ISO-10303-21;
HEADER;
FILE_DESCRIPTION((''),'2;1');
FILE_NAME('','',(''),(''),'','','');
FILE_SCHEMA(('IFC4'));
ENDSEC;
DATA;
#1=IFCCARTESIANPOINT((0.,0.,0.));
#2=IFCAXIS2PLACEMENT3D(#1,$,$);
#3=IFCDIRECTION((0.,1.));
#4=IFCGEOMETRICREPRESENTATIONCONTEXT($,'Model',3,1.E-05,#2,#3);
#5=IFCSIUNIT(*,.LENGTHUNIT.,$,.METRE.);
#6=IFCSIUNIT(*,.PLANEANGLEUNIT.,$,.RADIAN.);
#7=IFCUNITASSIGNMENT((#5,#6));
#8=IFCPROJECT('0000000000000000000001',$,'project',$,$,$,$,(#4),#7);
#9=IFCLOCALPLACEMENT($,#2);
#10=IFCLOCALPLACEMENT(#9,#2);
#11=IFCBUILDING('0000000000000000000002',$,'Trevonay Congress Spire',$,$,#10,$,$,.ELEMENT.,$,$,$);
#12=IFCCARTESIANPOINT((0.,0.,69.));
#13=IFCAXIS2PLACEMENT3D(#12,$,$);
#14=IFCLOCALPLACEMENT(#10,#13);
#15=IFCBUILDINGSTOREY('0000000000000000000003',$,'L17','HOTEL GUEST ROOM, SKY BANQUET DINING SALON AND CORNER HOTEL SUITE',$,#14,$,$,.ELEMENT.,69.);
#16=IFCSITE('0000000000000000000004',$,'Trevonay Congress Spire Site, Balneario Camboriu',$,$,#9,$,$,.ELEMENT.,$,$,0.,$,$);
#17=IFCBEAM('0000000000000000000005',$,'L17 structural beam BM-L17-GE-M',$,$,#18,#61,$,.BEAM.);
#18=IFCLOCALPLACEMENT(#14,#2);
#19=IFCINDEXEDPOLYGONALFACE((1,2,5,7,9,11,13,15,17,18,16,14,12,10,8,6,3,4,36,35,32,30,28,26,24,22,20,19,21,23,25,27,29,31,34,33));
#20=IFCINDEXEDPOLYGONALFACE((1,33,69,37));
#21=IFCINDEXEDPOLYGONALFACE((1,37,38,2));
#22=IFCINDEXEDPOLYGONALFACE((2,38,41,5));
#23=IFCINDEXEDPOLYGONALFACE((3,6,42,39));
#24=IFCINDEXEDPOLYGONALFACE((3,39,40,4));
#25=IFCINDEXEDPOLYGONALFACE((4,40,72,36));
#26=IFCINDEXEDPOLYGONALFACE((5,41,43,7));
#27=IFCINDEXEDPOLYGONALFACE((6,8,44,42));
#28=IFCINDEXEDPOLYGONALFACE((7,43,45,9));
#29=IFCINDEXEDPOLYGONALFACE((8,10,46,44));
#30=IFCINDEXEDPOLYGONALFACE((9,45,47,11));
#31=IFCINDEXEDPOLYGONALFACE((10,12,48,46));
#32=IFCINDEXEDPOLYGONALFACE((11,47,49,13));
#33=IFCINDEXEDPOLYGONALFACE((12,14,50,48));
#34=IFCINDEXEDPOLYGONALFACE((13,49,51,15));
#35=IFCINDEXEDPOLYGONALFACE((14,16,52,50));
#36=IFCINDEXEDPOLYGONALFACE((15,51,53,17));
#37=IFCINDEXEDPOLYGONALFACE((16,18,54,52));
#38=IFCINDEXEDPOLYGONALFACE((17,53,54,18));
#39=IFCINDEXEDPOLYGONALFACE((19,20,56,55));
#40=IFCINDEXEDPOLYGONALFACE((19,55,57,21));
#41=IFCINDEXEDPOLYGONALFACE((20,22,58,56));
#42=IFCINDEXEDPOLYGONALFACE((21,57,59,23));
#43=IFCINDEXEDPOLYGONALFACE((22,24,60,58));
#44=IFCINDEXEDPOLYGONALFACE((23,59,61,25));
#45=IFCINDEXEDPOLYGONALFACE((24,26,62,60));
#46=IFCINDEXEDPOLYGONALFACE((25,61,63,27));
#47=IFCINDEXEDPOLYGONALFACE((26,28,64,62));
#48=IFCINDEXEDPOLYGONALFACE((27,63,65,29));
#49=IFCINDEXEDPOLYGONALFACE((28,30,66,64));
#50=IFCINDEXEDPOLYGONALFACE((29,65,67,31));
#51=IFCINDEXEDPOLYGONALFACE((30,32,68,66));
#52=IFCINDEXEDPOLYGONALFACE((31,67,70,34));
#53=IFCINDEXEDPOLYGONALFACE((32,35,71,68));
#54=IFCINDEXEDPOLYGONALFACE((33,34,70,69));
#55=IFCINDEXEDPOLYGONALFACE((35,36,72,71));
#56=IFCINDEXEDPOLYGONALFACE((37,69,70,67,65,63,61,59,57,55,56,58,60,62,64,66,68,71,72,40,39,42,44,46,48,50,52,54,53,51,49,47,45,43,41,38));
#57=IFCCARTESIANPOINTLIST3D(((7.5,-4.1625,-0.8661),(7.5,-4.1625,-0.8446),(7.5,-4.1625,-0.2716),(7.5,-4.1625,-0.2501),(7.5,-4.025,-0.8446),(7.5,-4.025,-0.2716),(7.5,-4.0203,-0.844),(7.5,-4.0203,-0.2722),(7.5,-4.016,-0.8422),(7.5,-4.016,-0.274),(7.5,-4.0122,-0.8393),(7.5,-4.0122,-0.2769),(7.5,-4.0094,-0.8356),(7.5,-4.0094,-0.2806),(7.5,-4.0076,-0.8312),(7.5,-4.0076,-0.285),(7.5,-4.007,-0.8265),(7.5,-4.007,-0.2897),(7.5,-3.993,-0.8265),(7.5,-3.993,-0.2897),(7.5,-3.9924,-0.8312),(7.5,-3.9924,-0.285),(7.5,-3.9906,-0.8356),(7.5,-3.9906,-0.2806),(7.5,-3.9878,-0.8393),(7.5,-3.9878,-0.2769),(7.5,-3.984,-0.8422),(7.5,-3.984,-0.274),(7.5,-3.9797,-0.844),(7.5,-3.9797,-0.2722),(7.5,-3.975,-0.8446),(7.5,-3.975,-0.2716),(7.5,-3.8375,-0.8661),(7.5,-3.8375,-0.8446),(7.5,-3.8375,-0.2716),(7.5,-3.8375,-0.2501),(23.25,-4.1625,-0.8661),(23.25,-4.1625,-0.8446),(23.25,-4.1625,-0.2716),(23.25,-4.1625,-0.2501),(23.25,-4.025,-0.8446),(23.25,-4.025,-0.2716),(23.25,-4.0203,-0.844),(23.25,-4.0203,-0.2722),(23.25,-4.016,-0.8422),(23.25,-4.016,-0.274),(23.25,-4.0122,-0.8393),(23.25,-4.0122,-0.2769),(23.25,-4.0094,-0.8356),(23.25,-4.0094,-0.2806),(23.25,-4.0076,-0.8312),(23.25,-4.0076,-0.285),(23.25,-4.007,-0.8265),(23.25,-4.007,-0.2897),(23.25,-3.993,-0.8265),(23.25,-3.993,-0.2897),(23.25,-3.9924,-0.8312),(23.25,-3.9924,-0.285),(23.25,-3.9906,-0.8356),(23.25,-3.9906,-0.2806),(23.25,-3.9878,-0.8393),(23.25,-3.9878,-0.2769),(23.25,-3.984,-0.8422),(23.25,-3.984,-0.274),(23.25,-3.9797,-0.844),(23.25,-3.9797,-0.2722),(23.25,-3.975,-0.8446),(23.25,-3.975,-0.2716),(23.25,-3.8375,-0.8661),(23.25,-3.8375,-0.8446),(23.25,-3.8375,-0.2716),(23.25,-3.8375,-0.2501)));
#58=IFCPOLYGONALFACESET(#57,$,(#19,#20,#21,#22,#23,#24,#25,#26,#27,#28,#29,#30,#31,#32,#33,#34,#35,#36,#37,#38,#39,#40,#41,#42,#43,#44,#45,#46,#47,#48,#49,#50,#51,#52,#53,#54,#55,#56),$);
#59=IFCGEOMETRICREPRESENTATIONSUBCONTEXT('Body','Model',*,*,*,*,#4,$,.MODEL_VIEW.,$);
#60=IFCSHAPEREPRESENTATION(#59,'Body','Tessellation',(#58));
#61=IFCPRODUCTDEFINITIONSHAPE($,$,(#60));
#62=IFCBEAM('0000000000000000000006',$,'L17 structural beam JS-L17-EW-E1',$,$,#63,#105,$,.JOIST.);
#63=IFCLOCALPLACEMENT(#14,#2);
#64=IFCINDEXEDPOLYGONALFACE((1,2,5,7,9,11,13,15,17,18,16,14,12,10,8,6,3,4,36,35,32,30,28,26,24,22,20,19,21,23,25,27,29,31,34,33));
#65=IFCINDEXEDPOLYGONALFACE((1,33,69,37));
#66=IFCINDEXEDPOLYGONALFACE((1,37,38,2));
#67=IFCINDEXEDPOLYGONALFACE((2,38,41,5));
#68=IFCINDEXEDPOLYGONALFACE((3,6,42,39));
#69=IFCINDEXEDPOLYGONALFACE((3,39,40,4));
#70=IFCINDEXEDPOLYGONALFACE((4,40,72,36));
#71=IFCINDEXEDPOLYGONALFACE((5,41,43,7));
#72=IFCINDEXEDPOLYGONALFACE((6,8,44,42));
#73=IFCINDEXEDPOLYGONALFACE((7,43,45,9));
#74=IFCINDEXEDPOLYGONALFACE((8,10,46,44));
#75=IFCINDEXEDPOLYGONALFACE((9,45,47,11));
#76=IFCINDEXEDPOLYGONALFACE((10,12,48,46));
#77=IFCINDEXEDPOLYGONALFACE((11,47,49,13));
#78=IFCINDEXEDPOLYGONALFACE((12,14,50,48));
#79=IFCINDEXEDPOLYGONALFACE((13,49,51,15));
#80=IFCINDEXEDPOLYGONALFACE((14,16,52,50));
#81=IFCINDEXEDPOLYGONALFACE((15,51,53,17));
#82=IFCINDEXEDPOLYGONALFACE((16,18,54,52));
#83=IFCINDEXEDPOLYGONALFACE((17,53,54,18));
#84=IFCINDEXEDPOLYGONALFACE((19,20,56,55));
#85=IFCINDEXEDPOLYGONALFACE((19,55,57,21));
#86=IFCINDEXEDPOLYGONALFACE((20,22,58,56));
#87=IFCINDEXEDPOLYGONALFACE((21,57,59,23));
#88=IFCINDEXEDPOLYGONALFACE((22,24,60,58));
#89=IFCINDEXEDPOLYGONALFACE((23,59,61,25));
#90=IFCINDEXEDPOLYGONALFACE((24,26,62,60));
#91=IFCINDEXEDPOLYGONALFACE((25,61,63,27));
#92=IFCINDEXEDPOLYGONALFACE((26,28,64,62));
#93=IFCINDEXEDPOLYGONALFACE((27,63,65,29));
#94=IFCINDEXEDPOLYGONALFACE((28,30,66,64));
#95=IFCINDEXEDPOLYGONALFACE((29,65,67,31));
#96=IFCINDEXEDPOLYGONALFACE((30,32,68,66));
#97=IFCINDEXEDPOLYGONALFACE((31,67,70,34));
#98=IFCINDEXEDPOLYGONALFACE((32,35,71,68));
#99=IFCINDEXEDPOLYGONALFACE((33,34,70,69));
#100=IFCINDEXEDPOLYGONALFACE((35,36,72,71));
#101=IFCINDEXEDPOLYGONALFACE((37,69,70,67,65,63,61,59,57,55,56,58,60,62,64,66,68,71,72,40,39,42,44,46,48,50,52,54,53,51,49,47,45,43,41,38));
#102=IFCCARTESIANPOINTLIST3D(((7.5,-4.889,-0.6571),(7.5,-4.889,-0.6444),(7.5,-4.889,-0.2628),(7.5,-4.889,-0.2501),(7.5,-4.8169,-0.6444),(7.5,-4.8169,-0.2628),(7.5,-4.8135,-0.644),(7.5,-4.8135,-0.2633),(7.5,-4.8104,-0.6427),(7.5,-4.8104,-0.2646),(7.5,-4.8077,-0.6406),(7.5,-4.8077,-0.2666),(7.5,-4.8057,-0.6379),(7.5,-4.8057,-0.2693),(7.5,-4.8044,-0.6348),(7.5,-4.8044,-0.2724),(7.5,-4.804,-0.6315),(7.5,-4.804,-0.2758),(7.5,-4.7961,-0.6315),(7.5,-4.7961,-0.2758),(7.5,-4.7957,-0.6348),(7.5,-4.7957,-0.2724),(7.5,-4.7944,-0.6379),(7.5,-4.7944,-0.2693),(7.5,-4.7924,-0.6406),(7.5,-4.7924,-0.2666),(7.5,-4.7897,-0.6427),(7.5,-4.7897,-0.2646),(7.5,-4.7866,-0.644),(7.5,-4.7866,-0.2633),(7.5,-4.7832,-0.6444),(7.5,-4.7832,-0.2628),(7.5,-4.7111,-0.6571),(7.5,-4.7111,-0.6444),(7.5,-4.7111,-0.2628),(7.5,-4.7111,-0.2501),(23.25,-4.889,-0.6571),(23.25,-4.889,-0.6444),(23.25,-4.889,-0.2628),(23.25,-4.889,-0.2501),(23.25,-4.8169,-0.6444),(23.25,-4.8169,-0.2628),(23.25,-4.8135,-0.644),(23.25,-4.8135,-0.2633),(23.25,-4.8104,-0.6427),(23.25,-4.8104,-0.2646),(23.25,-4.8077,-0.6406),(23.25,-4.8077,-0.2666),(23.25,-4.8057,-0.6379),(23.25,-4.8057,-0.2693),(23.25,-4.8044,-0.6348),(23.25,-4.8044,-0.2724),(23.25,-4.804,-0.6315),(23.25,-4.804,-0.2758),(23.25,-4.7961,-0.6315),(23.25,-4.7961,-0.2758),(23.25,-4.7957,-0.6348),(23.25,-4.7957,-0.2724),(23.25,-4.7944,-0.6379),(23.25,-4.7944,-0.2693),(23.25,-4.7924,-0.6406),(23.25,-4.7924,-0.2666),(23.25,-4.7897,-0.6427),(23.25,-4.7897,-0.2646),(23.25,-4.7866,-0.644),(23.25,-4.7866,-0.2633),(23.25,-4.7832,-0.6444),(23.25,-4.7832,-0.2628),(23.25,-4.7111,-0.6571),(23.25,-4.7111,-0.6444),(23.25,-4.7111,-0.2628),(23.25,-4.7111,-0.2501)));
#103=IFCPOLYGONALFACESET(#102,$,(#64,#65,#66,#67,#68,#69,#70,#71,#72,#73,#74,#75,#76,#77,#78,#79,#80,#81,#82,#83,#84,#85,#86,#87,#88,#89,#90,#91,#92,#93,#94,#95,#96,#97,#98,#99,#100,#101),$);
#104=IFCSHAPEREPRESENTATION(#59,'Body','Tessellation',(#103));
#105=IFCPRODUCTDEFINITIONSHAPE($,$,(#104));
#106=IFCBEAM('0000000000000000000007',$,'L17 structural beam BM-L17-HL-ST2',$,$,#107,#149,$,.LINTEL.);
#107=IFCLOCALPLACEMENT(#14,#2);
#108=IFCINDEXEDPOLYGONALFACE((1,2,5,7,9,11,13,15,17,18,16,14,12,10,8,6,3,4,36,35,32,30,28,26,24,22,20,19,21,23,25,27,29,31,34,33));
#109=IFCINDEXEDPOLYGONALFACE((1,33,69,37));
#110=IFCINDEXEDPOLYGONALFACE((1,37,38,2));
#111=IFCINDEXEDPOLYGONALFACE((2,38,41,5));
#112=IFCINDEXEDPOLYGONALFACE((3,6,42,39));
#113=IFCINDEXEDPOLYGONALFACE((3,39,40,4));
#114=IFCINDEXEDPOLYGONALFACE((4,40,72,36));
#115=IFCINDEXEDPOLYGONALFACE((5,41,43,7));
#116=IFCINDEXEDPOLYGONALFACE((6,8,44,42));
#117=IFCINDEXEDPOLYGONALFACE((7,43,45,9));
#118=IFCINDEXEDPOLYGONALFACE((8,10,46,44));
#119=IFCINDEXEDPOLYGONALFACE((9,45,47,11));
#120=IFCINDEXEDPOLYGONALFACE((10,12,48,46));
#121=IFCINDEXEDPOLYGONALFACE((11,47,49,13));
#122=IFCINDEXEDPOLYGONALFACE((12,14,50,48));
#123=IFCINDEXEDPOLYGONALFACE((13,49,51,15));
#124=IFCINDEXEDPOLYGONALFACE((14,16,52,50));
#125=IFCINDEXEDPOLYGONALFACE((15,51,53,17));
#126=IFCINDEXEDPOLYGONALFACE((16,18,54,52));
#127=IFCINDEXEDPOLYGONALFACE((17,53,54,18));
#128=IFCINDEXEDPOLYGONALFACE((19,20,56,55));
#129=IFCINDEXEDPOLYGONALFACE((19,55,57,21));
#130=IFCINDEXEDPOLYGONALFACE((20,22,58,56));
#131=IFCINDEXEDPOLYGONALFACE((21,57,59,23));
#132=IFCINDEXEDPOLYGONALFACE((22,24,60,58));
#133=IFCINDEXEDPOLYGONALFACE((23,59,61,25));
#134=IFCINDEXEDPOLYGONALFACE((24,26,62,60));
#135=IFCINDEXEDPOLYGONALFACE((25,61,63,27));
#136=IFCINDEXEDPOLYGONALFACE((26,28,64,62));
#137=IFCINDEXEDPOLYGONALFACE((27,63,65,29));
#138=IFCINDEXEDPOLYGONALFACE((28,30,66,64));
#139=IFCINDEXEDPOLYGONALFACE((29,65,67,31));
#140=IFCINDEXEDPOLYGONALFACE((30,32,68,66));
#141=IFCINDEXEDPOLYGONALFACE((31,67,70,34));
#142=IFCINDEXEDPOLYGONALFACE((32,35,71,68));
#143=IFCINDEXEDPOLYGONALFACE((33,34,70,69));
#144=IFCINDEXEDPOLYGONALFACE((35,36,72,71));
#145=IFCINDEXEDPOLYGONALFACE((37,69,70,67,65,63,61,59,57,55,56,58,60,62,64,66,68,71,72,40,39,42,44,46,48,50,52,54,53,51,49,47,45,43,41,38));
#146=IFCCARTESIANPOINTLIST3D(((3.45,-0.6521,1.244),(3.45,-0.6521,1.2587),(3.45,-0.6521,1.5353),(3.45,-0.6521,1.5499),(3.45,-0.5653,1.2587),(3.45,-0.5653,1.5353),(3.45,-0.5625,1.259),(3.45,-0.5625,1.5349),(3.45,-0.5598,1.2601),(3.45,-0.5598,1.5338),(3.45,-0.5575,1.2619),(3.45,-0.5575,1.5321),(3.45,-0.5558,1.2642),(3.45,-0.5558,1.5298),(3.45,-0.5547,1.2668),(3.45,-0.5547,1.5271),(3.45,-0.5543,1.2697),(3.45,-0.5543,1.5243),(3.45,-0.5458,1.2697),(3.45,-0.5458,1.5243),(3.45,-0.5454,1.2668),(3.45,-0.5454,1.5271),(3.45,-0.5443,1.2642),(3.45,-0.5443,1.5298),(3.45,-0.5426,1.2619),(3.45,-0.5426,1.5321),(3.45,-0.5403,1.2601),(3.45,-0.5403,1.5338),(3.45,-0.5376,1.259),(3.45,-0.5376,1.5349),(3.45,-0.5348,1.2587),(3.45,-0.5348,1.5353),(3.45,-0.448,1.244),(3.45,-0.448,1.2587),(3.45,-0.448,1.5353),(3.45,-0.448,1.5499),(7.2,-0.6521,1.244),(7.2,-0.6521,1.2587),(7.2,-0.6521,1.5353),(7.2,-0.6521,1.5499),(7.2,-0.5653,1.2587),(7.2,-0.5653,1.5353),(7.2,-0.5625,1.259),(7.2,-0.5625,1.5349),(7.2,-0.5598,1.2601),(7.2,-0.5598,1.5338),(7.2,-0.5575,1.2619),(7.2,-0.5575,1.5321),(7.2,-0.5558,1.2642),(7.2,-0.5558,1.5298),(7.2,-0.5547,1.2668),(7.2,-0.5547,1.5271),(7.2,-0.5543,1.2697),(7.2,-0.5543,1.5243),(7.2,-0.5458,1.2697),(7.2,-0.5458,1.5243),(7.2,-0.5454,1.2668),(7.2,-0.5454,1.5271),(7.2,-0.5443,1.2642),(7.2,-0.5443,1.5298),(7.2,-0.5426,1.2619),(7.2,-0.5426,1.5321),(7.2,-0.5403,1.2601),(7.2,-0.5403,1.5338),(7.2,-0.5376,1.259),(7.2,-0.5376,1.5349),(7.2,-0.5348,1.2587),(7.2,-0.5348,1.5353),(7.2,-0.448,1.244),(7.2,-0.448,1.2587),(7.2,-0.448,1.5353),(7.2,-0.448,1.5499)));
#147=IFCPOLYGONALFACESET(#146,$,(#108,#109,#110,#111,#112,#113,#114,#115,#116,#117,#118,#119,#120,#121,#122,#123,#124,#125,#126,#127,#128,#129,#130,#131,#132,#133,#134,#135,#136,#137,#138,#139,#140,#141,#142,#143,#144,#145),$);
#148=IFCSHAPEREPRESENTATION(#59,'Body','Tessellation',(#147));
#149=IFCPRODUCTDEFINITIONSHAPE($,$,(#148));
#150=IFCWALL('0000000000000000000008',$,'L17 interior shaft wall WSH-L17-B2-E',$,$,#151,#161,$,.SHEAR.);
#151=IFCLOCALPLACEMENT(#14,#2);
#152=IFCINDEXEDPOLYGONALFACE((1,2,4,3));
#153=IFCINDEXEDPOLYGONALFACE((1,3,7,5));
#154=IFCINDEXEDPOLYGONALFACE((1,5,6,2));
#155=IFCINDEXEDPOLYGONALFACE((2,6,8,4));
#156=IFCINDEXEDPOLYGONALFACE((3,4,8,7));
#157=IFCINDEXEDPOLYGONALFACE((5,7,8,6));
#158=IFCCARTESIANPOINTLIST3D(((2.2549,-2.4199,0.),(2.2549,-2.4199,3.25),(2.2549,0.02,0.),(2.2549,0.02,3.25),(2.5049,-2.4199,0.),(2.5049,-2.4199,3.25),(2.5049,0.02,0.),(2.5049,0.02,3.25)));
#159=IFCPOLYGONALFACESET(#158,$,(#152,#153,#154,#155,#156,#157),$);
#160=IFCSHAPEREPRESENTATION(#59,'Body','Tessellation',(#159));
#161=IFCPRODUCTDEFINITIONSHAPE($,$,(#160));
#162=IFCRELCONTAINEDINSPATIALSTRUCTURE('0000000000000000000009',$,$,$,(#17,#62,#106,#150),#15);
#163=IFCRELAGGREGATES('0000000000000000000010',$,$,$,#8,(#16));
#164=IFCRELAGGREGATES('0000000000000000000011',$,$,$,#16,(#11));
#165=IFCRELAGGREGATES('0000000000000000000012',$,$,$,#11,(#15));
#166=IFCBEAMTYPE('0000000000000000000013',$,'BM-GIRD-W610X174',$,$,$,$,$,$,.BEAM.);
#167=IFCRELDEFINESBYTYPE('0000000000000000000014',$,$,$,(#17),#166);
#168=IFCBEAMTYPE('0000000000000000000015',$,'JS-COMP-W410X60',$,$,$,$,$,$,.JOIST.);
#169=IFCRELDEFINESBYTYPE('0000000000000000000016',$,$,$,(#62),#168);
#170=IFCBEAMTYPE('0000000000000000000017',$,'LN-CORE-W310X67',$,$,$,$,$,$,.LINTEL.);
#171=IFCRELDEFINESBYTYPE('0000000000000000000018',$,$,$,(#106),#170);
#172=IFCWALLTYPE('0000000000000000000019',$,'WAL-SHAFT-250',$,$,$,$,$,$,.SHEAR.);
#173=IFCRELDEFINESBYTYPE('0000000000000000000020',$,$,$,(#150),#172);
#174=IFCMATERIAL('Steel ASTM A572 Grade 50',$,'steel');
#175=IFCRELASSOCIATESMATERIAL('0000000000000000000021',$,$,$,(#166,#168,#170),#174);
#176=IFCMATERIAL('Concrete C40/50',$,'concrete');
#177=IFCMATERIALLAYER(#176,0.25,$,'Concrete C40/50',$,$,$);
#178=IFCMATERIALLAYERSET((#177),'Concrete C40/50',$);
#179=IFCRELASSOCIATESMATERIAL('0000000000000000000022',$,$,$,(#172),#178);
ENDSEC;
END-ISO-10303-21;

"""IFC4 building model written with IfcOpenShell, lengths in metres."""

from ifc_helpers import new_model, si_unit, direction, frame, frame_2d, origin, origin_2d, place, context, subcontext, project, spatial, rectangle, i_section, extrude, material, layer, layer_set, material_profile, profile_set, type_object, element, save


model = new_model("IFC4")

# Units and contexts
model_context = context("Model", 3, precision=1e-05, world=origin(), true_north=direction((0.0, 1.0)))
body_context = subcontext(model_context, "Body", "Model", "MODEL_VIEW")
ifc_project = project(units=[si_unit("LENGTHUNIT", "METRE"), si_unit("PLANEANGLEUNIT", "RADIAN")], contexts=[model_context])

# Site, building, storey
site_placement = place(None, origin())
site = spatial("IfcSite", under=ifc_project, at=site_placement, Name="Trevonay Congress Spire Site, Balneario Camboriu", CompositionType="ELEMENT", RefElevation=0.0)
building_placement = place(site_placement, origin())
building = spatial("IfcBuilding", under=site, at=building_placement, Name="Trevonay Congress Spire", CompositionType="ELEMENT")
storey_placement = place(building_placement, frame((0.0, 0.0, 69.0)))
storey = spatial("IfcBuildingStorey", under=building, at=storey_placement, Name="L17", Description="HOTEL GUEST ROOM, SKY BANQUET DINING SALON AND CORNER HOTEL SUITE", CompositionType="ELEMENT", Elevation=69.0)

# Beams
ifc_material_1 = material(Name="Steel ASTM A572 Grade 50", Category="steel")
ifc_material_profile_1 = material_profile(ifc_material_1, i_section(OverallWidth=0.325, OverallDepth=0.616, WebThickness=0.0139, FlangeThickness=0.0215, FilletRadius=0.0181, at=origin_2d()), Name="W610x174")
ifc_profile_set_1 = profile_set([ifc_material_profile_1], Name="Steel ASTM A572 Grade 50")
beam_type_1 = type_object("IfcBeamType", Name="BM-GIRD-W610X174", PredefinedType="BEAM", material=ifc_profile_set_1)
beam_1_placement = place(storey_placement, frame((7.5, -4.0, -0.5581), z_axis=(1.0, 0.0, 0.0), x_axis=(0.0, 1.0, 0.0)))
element("IfcBeam", 1, at=beam_1_placement, inside=storey, type_object=beam_type_1, Name="L17 structural beam BM-L17-GE-M", PredefinedType="BEAM", context=body_context, shape_type="SweptSolid", body=[
    extrude(i_section(OverallWidth=0.325, OverallDepth=0.616, WebThickness=0.0139, FlangeThickness=0.0215, FilletRadius=0.0181, at=origin_2d()), origin(), (0.0, 0.0, 1.0), 15.75),
])
ifc_material_profile_2 = material_profile(ifc_material_1, i_section(OverallWidth=0.178, OverallDepth=0.407, WebThickness=0.0078, FlangeThickness=0.0127, FilletRadius=0.0129, at=origin_2d()), Name="W410x60")
ifc_profile_set_2 = profile_set([ifc_material_profile_2], Name="Steel ASTM A572 Grade 50")
beam_type_2 = type_object("IfcBeamType", Name="JS-COMP-W410X60", PredefinedType="JOIST", material=ifc_profile_set_2)
beam_2_placement = place(storey_placement, frame((7.5, -4.8, -0.4536), z_axis=(1.0, 0.0, 0.0), x_axis=(0.0, 1.0, 0.0)))
element("IfcBeam", 2, at=beam_2_placement, inside=storey, type_object=beam_type_2, Name="L17 structural beam JS-L17-EW-E1", PredefinedType="JOIST", context=body_context, shape_type="SweptSolid", body=[
    extrude(i_section(OverallWidth=0.178, OverallDepth=0.407, WebThickness=0.0078, FlangeThickness=0.0127, FilletRadius=0.0129, at=origin_2d()), origin(), (0.0, 0.0, 1.0), 15.75),
])
ifc_material_profile_3 = material_profile(ifc_material_1, i_section(OverallWidth=0.2041, OverallDepth=0.3059, WebThickness=0.0085, FlangeThickness=0.0146, FilletRadius=0.011, at=origin_2d()), Name="W310x67")
ifc_profile_set_3 = profile_set([ifc_material_profile_3], Name="Steel ASTM A572 Grade 50")
beam_type_3 = type_object("IfcBeamType", Name="LN-CORE-W310X67", PredefinedType="LINTEL", material=ifc_profile_set_3)
beam_3_placement = place(storey_placement, frame((3.45, -0.55, 1.397), z_axis=(1.0, 0.0, 0.0), x_axis=(0.0, 1.0, 0.0)))
element("IfcBeam", 3, at=beam_3_placement, inside=storey, type_object=beam_type_3, Name="L17 structural beam BM-L17-HL-ST2", PredefinedType="LINTEL", context=body_context, shape_type="SweptSolid", body=[
    extrude(i_section(OverallWidth=0.2041, OverallDepth=0.3059, WebThickness=0.0085, FlangeThickness=0.0146, FilletRadius=0.011, at=origin_2d()), origin(), (0.0, 0.0, 1.0), 3.75),
])

# Wall
ifc_material_2 = material(Name="Concrete C40/50", Category="concrete")
ifc_layer_1 = layer(ifc_material_2, 0.25, Name="Concrete C40/50")
ifc_layer_set_1 = layer_set([ifc_layer_1], Name="Concrete C40/50")
wall_type = type_object("IfcWallType", Name="WAL-SHAFT-250", PredefinedType="SHEAR", material=ifc_layer_set_1)
wall_placement = place(storey_placement, frame((2.3799, -2.4199, 0.0), z_axis=(0.0, 0.0, 1.0), x_axis=(0.0, 1.0, 0.0)))
element("IfcWall", 4, at=wall_placement, inside=storey, type_object=wall_type, Name="L17 interior shaft wall WSH-L17-B2-E", PredefinedType="SHEAR", context=body_context, shape_type="SweptSolid", body=[
    extrude(rectangle(XDim=2.4399, YDim=0.25, at=frame_2d((1.22, 0.0))), origin(), (0.0, 0.0, 1.0), 3.25),
])

save(model, "model.ifc")
